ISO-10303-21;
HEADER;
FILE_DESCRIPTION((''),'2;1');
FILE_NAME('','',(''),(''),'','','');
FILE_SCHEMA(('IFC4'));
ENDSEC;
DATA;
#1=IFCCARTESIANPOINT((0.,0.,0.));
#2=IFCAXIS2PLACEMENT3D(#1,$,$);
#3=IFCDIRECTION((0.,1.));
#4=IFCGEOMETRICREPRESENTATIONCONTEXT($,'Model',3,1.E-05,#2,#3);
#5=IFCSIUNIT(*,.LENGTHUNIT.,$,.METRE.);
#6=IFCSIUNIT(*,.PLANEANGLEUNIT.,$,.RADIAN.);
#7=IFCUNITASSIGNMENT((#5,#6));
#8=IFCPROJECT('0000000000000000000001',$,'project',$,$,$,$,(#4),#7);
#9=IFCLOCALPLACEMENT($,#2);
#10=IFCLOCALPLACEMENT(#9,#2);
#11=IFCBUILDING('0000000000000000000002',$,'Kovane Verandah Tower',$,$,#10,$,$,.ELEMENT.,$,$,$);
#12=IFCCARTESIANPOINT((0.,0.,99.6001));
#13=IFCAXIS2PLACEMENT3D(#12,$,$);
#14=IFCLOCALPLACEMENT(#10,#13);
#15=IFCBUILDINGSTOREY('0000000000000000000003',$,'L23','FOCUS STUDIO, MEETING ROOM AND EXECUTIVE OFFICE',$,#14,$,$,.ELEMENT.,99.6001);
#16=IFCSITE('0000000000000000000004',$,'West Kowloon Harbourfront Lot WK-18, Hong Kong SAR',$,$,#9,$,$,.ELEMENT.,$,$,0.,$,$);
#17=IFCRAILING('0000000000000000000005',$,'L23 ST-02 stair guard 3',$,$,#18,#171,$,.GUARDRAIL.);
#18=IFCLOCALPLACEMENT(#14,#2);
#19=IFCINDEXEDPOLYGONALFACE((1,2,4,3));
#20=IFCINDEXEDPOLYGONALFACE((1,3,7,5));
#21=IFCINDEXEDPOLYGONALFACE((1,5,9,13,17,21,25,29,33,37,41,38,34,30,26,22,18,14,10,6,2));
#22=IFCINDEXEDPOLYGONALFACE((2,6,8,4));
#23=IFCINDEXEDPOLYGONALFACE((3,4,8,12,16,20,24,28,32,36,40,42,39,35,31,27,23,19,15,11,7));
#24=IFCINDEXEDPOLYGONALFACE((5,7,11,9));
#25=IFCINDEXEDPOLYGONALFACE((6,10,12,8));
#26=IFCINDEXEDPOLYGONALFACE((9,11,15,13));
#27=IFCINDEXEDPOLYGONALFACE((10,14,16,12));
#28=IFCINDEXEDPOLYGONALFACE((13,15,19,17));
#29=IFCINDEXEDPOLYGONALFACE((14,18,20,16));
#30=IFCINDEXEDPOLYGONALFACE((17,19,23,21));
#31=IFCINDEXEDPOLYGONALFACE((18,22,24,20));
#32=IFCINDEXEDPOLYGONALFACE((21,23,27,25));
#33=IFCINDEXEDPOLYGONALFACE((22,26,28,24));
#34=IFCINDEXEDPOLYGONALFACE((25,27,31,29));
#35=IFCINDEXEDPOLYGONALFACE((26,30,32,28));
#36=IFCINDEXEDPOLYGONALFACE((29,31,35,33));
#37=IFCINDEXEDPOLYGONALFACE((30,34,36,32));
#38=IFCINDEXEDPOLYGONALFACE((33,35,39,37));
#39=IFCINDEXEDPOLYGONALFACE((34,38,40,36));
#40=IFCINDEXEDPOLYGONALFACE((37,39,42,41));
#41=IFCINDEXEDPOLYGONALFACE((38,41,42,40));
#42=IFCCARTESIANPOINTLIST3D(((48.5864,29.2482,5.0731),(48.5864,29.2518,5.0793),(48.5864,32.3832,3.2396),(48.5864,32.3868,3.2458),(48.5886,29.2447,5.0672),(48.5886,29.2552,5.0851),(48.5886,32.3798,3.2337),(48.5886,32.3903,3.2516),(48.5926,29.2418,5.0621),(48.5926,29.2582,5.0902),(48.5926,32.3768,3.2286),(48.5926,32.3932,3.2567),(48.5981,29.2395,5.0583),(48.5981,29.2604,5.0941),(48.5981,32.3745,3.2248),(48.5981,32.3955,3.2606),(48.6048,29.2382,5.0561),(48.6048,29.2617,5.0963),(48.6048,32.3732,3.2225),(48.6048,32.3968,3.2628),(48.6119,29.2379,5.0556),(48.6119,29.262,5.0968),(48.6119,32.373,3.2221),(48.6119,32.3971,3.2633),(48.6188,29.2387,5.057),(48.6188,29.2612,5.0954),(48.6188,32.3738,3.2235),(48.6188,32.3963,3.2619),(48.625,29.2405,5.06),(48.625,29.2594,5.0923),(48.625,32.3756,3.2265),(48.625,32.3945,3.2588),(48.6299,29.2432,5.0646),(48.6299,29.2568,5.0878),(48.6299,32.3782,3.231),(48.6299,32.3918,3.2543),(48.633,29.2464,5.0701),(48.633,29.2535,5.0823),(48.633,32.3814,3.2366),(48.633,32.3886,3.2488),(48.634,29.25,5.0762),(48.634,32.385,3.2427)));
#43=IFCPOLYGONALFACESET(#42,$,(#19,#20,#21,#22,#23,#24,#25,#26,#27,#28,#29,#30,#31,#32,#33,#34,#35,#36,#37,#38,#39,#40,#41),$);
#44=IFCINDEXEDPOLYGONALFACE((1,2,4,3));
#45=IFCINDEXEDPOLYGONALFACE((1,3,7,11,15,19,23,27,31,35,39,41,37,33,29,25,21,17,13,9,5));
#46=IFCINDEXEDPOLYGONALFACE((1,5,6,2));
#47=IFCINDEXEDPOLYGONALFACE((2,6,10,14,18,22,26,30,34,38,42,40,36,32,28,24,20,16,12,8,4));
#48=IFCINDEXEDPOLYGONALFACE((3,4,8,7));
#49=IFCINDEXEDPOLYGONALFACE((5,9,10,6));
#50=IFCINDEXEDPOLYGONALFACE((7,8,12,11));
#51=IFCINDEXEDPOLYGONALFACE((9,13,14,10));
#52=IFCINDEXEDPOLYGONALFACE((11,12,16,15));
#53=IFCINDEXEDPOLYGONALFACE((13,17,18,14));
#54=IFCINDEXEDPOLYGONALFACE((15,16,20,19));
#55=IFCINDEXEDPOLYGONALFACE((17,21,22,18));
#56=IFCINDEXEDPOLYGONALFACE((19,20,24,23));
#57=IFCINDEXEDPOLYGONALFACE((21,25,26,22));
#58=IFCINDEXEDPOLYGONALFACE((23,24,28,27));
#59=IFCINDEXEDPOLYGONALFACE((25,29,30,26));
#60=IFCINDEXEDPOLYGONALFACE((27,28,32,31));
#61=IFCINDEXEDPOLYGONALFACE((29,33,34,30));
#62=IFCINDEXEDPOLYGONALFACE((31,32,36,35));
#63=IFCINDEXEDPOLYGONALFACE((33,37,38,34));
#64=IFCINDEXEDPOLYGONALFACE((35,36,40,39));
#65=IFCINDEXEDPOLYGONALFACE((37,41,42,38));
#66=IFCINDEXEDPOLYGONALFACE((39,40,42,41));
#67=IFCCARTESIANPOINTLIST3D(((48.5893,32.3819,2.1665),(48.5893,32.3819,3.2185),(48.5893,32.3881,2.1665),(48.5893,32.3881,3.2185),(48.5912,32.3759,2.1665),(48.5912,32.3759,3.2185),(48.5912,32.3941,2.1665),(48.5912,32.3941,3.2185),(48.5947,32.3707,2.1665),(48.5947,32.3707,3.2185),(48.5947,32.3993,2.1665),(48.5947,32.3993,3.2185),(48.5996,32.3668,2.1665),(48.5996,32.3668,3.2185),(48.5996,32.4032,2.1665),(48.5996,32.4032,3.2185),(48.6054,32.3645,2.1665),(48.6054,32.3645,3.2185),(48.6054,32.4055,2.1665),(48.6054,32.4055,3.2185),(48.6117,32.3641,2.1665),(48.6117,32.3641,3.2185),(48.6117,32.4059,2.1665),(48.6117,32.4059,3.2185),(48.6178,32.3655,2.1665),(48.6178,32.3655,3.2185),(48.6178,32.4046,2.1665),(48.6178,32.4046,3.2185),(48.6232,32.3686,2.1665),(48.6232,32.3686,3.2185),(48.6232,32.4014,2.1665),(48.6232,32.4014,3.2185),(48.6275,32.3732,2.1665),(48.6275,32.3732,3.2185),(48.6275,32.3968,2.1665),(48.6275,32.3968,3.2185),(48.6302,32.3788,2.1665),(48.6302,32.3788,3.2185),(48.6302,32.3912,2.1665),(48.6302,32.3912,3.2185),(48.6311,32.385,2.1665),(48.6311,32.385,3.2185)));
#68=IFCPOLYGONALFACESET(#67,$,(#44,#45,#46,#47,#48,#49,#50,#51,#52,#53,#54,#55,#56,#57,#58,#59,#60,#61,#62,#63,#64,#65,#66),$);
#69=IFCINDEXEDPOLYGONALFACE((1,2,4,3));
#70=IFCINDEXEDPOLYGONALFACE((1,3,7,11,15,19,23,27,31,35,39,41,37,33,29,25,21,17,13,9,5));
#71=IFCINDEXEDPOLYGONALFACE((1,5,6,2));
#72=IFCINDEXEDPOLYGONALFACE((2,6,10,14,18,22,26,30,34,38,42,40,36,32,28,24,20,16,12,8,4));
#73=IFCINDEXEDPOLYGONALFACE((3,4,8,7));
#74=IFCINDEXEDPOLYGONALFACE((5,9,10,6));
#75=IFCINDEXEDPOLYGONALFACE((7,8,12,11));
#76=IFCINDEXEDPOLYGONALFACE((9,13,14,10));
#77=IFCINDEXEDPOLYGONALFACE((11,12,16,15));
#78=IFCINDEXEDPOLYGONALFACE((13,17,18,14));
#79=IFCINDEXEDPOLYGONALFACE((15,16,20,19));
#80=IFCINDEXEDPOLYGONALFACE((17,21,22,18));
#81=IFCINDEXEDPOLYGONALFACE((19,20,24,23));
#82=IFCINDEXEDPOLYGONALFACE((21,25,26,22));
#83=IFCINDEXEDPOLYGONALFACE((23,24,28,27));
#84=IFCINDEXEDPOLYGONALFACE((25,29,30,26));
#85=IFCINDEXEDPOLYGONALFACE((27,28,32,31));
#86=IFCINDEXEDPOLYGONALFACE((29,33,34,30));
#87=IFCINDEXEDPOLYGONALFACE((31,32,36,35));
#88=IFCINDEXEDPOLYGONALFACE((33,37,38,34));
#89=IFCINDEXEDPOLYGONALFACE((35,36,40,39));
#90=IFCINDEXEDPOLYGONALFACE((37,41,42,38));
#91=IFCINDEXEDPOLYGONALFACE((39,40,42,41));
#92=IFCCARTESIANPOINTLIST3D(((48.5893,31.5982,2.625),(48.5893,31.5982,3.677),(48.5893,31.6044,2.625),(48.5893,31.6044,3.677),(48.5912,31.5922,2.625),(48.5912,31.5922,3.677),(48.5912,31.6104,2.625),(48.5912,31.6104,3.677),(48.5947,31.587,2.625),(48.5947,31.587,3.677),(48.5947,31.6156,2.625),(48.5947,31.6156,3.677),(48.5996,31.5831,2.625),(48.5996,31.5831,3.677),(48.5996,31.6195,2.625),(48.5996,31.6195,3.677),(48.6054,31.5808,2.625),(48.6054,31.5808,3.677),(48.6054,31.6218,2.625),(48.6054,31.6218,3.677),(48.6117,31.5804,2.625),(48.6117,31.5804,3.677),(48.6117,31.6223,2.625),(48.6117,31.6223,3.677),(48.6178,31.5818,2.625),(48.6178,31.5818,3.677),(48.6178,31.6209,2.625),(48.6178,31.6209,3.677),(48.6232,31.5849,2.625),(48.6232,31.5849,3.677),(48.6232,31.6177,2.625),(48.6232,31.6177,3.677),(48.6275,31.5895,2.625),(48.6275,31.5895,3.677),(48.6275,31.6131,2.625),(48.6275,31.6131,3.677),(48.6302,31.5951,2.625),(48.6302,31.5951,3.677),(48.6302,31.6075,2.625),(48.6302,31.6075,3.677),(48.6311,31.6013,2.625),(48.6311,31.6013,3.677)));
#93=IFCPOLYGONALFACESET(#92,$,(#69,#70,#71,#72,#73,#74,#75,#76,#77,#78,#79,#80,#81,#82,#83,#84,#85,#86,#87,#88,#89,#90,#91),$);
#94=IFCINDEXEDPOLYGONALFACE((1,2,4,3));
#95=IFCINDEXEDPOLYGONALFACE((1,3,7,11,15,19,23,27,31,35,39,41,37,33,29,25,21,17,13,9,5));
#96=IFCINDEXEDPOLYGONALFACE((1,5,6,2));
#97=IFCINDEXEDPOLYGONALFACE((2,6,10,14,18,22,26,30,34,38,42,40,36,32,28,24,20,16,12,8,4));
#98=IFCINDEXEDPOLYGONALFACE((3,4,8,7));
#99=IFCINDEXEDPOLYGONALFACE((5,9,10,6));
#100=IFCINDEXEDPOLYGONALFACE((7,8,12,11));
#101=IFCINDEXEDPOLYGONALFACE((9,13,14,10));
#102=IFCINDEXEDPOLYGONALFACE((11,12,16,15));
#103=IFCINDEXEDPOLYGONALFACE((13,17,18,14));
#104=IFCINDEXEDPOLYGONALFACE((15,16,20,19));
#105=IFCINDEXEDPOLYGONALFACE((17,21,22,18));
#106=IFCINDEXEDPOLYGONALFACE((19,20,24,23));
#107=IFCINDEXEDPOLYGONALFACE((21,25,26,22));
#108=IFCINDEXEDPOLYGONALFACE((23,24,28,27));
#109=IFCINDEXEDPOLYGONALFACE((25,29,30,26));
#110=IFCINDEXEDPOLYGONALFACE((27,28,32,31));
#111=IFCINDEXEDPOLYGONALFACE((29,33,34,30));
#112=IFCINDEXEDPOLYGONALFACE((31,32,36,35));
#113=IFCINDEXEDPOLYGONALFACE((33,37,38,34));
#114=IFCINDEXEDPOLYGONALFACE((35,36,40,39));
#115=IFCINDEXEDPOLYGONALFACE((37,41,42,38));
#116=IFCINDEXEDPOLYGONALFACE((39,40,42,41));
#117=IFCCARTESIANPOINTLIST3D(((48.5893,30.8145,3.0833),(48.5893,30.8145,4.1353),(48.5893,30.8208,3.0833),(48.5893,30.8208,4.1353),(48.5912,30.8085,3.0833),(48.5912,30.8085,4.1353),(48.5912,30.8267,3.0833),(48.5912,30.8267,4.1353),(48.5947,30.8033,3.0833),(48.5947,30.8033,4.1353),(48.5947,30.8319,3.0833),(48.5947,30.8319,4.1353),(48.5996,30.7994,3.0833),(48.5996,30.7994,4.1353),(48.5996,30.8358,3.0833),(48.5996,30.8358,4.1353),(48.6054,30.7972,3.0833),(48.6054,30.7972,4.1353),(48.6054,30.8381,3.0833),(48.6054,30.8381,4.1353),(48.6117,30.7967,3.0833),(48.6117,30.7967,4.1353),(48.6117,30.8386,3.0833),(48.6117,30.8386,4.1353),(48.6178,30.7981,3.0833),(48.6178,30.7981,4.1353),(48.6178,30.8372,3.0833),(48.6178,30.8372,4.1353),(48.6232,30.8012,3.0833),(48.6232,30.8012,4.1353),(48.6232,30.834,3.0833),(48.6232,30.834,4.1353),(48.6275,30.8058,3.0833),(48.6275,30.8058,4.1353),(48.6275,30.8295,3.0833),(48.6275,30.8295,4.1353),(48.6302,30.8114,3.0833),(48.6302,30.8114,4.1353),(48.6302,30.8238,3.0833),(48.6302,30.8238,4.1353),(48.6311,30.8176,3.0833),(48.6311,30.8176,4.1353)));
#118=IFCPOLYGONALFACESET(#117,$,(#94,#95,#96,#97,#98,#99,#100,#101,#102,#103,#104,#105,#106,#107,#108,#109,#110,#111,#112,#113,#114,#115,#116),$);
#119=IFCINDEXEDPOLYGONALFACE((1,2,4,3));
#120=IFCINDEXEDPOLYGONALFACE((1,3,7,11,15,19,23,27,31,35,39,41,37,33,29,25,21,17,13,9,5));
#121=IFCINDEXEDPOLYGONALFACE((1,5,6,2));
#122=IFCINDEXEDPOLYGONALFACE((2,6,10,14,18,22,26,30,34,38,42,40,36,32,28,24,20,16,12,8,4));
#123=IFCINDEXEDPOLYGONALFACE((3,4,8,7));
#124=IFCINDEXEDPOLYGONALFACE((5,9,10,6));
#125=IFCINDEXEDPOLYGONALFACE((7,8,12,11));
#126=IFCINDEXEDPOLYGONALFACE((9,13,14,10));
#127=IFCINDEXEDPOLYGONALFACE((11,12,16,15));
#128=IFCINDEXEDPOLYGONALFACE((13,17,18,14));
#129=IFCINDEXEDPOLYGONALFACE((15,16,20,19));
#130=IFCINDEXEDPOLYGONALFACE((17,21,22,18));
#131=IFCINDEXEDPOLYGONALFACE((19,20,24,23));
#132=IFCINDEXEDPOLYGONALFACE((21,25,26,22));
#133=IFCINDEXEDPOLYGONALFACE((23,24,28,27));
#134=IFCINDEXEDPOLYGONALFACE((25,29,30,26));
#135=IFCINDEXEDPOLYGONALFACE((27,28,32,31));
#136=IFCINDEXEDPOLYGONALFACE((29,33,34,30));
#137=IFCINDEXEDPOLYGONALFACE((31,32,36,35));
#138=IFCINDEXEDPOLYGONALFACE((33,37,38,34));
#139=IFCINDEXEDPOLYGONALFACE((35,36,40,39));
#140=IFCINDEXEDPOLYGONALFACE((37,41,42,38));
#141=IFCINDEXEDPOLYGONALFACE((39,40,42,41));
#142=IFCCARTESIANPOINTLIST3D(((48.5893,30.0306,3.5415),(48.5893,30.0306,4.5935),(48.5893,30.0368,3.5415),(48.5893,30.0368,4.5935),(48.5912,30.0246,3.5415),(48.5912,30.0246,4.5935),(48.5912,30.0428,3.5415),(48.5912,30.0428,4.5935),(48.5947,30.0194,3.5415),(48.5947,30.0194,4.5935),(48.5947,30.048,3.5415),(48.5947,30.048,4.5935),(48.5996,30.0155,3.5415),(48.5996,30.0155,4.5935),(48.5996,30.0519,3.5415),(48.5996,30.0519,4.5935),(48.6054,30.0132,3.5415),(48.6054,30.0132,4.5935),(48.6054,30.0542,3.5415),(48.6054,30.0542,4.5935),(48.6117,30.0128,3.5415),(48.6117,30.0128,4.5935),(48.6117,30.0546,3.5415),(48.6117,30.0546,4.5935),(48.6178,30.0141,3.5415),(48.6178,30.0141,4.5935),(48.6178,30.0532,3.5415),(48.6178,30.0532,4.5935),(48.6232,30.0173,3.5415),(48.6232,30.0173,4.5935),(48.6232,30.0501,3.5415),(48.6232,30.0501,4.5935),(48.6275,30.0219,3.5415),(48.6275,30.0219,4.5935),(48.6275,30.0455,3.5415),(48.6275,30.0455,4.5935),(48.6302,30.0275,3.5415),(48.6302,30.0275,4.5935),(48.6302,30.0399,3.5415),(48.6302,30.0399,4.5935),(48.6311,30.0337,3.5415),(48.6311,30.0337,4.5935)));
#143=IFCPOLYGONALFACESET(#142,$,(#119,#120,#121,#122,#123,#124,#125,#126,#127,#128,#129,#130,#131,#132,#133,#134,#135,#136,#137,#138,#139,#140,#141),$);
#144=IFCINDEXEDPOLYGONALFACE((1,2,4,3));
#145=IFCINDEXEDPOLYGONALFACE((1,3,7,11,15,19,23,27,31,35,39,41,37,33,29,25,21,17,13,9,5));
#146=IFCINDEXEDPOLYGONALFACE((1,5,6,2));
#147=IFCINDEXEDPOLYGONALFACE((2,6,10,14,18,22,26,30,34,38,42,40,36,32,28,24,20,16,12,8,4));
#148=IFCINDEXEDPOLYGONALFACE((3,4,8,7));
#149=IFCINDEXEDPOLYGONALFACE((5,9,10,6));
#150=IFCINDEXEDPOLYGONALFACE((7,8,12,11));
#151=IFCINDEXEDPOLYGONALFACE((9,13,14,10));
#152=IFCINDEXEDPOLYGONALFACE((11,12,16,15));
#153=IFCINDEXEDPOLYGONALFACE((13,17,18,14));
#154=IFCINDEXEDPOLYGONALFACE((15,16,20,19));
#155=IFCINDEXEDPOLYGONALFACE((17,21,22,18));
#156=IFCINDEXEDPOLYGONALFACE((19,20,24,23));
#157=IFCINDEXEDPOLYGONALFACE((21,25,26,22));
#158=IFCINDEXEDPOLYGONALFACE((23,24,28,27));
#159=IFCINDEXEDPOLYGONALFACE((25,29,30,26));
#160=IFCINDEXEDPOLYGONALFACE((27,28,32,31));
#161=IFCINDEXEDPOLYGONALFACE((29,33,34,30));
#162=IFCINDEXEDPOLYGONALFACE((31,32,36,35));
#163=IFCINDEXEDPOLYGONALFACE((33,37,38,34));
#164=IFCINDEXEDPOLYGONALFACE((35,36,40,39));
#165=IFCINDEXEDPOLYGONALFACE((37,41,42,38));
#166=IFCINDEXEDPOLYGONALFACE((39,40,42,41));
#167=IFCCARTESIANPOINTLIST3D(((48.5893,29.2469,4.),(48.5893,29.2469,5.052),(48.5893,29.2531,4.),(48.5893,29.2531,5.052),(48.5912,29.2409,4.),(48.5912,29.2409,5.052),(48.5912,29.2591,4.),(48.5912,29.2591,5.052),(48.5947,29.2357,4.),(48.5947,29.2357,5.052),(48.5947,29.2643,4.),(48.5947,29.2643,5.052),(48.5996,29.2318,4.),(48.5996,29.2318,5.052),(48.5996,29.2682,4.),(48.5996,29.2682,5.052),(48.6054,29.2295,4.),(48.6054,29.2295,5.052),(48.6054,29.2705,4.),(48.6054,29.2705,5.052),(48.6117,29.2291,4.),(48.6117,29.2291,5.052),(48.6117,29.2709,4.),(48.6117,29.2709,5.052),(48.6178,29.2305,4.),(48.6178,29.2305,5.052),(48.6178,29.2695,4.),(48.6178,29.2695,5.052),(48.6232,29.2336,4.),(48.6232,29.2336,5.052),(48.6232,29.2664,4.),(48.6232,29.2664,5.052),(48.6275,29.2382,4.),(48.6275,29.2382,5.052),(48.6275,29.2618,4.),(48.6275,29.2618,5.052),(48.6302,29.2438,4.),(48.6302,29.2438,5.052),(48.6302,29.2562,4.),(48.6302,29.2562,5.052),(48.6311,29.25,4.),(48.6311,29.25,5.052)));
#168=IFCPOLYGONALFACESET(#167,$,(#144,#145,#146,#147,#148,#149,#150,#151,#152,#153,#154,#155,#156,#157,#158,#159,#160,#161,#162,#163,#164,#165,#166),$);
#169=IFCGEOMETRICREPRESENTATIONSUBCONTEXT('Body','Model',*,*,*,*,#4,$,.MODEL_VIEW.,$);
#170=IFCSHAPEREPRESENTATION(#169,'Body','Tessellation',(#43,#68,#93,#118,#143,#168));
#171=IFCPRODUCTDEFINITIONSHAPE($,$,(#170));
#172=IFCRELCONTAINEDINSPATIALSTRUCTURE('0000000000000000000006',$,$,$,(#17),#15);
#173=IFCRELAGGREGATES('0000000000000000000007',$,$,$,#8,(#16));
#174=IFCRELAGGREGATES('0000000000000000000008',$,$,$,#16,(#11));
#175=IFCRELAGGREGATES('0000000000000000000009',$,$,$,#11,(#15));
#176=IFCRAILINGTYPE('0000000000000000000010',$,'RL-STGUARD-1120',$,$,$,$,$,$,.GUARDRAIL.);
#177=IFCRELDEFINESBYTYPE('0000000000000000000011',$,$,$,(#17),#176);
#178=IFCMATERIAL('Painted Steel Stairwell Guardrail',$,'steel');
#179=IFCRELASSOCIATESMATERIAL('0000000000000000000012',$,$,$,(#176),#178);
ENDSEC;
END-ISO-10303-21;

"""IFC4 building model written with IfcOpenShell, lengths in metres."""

from ifc_helpers import new_model, si_unit, direction, frame, origin, origin_2d, place, context, subcontext, project, spatial, circle, extrude, material, type_object, element, save


model = new_model("IFC4")

# Units and contexts
model_context = context("Model", 3, precision=1e-05, world=origin(), true_north=direction((0.0, 1.0)))
body_context = subcontext(model_context, "Body", "Model", "MODEL_VIEW")
ifc_project = project(units=[si_unit("LENGTHUNIT", "METRE"), si_unit("PLANEANGLEUNIT", "RADIAN")], contexts=[model_context])

# Site, building, storey
site_placement = place(None, origin())
site = spatial("IfcSite", under=ifc_project, at=site_placement, Name="West Kowloon Harbourfront Lot WK-18, Hong Kong SAR", CompositionType="ELEMENT", RefElevation=0.0)
building_placement = place(site_placement, origin())
building = spatial("IfcBuilding", under=site, at=building_placement, Name="Kovane Verandah Tower", CompositionType="ELEMENT")
storey_placement = place(building_placement, frame((0.0, 0.0, 99.6001)))
storey = spatial("IfcBuildingStorey", under=building, at=storey_placement, Name="L23", Description="FOCUS STUDIO, MEETING ROOM AND EXECUTIVE OFFICE", CompositionType="ELEMENT", Elevation=99.6001)

# Railing
ifc_material_1 = material(Name="Painted Steel Stairwell Guardrail", Category="steel")
railing_type_1 = type_object("IfcRailingType", Name="RL-STGUARD-1120", PredefinedType="GUARDRAIL", material=ifc_material_1)
railing_1_placement = place(storey_placement, frame((48.6101, 32.385, 2.1665)))
element("IfcRailing", 1, at=railing_1_placement, inside=storey, type_object=railing_type_1, Name="L23 ST-02 stair guard 3", PredefinedType="GUARDRAIL", context=body_context, shape_type="SweptSolid", body=[
    extrude(circle(Radius=0.0239, at=origin_2d()), frame((0.0, 0.0, 1.0762), z_axis=(0.0, -0.86321, 0.504845), x_axis=(1.0, 0.0, 0.0)), (0.0, 0.0, 1.0), 3.6318),
    extrude(circle(Radius=0.021, at=origin_2d()), origin(), (0.0, 0.0, 1.0), 1.052),
    extrude(circle(Radius=0.021, at=origin_2d()), frame((0.0, -0.7837, 0.4585)), (0.0, 0.0, 1.0), 1.052),
    extrude(circle(Radius=0.021, at=origin_2d()), frame((0.0, -1.5674, 0.9167)), (0.0, 0.0, 1.0), 1.052),
    extrude(circle(Radius=0.021, at=origin_2d()), frame((0.0, -2.3513, 1.375)), (0.0, 0.0, 1.0), 1.052),
    extrude(circle(Radius=0.021, at=origin_2d()), frame((0.0, -3.135, 1.8335)), (0.0, 0.0, 1.0), 1.052),
])

save(model, "model.ifc")
